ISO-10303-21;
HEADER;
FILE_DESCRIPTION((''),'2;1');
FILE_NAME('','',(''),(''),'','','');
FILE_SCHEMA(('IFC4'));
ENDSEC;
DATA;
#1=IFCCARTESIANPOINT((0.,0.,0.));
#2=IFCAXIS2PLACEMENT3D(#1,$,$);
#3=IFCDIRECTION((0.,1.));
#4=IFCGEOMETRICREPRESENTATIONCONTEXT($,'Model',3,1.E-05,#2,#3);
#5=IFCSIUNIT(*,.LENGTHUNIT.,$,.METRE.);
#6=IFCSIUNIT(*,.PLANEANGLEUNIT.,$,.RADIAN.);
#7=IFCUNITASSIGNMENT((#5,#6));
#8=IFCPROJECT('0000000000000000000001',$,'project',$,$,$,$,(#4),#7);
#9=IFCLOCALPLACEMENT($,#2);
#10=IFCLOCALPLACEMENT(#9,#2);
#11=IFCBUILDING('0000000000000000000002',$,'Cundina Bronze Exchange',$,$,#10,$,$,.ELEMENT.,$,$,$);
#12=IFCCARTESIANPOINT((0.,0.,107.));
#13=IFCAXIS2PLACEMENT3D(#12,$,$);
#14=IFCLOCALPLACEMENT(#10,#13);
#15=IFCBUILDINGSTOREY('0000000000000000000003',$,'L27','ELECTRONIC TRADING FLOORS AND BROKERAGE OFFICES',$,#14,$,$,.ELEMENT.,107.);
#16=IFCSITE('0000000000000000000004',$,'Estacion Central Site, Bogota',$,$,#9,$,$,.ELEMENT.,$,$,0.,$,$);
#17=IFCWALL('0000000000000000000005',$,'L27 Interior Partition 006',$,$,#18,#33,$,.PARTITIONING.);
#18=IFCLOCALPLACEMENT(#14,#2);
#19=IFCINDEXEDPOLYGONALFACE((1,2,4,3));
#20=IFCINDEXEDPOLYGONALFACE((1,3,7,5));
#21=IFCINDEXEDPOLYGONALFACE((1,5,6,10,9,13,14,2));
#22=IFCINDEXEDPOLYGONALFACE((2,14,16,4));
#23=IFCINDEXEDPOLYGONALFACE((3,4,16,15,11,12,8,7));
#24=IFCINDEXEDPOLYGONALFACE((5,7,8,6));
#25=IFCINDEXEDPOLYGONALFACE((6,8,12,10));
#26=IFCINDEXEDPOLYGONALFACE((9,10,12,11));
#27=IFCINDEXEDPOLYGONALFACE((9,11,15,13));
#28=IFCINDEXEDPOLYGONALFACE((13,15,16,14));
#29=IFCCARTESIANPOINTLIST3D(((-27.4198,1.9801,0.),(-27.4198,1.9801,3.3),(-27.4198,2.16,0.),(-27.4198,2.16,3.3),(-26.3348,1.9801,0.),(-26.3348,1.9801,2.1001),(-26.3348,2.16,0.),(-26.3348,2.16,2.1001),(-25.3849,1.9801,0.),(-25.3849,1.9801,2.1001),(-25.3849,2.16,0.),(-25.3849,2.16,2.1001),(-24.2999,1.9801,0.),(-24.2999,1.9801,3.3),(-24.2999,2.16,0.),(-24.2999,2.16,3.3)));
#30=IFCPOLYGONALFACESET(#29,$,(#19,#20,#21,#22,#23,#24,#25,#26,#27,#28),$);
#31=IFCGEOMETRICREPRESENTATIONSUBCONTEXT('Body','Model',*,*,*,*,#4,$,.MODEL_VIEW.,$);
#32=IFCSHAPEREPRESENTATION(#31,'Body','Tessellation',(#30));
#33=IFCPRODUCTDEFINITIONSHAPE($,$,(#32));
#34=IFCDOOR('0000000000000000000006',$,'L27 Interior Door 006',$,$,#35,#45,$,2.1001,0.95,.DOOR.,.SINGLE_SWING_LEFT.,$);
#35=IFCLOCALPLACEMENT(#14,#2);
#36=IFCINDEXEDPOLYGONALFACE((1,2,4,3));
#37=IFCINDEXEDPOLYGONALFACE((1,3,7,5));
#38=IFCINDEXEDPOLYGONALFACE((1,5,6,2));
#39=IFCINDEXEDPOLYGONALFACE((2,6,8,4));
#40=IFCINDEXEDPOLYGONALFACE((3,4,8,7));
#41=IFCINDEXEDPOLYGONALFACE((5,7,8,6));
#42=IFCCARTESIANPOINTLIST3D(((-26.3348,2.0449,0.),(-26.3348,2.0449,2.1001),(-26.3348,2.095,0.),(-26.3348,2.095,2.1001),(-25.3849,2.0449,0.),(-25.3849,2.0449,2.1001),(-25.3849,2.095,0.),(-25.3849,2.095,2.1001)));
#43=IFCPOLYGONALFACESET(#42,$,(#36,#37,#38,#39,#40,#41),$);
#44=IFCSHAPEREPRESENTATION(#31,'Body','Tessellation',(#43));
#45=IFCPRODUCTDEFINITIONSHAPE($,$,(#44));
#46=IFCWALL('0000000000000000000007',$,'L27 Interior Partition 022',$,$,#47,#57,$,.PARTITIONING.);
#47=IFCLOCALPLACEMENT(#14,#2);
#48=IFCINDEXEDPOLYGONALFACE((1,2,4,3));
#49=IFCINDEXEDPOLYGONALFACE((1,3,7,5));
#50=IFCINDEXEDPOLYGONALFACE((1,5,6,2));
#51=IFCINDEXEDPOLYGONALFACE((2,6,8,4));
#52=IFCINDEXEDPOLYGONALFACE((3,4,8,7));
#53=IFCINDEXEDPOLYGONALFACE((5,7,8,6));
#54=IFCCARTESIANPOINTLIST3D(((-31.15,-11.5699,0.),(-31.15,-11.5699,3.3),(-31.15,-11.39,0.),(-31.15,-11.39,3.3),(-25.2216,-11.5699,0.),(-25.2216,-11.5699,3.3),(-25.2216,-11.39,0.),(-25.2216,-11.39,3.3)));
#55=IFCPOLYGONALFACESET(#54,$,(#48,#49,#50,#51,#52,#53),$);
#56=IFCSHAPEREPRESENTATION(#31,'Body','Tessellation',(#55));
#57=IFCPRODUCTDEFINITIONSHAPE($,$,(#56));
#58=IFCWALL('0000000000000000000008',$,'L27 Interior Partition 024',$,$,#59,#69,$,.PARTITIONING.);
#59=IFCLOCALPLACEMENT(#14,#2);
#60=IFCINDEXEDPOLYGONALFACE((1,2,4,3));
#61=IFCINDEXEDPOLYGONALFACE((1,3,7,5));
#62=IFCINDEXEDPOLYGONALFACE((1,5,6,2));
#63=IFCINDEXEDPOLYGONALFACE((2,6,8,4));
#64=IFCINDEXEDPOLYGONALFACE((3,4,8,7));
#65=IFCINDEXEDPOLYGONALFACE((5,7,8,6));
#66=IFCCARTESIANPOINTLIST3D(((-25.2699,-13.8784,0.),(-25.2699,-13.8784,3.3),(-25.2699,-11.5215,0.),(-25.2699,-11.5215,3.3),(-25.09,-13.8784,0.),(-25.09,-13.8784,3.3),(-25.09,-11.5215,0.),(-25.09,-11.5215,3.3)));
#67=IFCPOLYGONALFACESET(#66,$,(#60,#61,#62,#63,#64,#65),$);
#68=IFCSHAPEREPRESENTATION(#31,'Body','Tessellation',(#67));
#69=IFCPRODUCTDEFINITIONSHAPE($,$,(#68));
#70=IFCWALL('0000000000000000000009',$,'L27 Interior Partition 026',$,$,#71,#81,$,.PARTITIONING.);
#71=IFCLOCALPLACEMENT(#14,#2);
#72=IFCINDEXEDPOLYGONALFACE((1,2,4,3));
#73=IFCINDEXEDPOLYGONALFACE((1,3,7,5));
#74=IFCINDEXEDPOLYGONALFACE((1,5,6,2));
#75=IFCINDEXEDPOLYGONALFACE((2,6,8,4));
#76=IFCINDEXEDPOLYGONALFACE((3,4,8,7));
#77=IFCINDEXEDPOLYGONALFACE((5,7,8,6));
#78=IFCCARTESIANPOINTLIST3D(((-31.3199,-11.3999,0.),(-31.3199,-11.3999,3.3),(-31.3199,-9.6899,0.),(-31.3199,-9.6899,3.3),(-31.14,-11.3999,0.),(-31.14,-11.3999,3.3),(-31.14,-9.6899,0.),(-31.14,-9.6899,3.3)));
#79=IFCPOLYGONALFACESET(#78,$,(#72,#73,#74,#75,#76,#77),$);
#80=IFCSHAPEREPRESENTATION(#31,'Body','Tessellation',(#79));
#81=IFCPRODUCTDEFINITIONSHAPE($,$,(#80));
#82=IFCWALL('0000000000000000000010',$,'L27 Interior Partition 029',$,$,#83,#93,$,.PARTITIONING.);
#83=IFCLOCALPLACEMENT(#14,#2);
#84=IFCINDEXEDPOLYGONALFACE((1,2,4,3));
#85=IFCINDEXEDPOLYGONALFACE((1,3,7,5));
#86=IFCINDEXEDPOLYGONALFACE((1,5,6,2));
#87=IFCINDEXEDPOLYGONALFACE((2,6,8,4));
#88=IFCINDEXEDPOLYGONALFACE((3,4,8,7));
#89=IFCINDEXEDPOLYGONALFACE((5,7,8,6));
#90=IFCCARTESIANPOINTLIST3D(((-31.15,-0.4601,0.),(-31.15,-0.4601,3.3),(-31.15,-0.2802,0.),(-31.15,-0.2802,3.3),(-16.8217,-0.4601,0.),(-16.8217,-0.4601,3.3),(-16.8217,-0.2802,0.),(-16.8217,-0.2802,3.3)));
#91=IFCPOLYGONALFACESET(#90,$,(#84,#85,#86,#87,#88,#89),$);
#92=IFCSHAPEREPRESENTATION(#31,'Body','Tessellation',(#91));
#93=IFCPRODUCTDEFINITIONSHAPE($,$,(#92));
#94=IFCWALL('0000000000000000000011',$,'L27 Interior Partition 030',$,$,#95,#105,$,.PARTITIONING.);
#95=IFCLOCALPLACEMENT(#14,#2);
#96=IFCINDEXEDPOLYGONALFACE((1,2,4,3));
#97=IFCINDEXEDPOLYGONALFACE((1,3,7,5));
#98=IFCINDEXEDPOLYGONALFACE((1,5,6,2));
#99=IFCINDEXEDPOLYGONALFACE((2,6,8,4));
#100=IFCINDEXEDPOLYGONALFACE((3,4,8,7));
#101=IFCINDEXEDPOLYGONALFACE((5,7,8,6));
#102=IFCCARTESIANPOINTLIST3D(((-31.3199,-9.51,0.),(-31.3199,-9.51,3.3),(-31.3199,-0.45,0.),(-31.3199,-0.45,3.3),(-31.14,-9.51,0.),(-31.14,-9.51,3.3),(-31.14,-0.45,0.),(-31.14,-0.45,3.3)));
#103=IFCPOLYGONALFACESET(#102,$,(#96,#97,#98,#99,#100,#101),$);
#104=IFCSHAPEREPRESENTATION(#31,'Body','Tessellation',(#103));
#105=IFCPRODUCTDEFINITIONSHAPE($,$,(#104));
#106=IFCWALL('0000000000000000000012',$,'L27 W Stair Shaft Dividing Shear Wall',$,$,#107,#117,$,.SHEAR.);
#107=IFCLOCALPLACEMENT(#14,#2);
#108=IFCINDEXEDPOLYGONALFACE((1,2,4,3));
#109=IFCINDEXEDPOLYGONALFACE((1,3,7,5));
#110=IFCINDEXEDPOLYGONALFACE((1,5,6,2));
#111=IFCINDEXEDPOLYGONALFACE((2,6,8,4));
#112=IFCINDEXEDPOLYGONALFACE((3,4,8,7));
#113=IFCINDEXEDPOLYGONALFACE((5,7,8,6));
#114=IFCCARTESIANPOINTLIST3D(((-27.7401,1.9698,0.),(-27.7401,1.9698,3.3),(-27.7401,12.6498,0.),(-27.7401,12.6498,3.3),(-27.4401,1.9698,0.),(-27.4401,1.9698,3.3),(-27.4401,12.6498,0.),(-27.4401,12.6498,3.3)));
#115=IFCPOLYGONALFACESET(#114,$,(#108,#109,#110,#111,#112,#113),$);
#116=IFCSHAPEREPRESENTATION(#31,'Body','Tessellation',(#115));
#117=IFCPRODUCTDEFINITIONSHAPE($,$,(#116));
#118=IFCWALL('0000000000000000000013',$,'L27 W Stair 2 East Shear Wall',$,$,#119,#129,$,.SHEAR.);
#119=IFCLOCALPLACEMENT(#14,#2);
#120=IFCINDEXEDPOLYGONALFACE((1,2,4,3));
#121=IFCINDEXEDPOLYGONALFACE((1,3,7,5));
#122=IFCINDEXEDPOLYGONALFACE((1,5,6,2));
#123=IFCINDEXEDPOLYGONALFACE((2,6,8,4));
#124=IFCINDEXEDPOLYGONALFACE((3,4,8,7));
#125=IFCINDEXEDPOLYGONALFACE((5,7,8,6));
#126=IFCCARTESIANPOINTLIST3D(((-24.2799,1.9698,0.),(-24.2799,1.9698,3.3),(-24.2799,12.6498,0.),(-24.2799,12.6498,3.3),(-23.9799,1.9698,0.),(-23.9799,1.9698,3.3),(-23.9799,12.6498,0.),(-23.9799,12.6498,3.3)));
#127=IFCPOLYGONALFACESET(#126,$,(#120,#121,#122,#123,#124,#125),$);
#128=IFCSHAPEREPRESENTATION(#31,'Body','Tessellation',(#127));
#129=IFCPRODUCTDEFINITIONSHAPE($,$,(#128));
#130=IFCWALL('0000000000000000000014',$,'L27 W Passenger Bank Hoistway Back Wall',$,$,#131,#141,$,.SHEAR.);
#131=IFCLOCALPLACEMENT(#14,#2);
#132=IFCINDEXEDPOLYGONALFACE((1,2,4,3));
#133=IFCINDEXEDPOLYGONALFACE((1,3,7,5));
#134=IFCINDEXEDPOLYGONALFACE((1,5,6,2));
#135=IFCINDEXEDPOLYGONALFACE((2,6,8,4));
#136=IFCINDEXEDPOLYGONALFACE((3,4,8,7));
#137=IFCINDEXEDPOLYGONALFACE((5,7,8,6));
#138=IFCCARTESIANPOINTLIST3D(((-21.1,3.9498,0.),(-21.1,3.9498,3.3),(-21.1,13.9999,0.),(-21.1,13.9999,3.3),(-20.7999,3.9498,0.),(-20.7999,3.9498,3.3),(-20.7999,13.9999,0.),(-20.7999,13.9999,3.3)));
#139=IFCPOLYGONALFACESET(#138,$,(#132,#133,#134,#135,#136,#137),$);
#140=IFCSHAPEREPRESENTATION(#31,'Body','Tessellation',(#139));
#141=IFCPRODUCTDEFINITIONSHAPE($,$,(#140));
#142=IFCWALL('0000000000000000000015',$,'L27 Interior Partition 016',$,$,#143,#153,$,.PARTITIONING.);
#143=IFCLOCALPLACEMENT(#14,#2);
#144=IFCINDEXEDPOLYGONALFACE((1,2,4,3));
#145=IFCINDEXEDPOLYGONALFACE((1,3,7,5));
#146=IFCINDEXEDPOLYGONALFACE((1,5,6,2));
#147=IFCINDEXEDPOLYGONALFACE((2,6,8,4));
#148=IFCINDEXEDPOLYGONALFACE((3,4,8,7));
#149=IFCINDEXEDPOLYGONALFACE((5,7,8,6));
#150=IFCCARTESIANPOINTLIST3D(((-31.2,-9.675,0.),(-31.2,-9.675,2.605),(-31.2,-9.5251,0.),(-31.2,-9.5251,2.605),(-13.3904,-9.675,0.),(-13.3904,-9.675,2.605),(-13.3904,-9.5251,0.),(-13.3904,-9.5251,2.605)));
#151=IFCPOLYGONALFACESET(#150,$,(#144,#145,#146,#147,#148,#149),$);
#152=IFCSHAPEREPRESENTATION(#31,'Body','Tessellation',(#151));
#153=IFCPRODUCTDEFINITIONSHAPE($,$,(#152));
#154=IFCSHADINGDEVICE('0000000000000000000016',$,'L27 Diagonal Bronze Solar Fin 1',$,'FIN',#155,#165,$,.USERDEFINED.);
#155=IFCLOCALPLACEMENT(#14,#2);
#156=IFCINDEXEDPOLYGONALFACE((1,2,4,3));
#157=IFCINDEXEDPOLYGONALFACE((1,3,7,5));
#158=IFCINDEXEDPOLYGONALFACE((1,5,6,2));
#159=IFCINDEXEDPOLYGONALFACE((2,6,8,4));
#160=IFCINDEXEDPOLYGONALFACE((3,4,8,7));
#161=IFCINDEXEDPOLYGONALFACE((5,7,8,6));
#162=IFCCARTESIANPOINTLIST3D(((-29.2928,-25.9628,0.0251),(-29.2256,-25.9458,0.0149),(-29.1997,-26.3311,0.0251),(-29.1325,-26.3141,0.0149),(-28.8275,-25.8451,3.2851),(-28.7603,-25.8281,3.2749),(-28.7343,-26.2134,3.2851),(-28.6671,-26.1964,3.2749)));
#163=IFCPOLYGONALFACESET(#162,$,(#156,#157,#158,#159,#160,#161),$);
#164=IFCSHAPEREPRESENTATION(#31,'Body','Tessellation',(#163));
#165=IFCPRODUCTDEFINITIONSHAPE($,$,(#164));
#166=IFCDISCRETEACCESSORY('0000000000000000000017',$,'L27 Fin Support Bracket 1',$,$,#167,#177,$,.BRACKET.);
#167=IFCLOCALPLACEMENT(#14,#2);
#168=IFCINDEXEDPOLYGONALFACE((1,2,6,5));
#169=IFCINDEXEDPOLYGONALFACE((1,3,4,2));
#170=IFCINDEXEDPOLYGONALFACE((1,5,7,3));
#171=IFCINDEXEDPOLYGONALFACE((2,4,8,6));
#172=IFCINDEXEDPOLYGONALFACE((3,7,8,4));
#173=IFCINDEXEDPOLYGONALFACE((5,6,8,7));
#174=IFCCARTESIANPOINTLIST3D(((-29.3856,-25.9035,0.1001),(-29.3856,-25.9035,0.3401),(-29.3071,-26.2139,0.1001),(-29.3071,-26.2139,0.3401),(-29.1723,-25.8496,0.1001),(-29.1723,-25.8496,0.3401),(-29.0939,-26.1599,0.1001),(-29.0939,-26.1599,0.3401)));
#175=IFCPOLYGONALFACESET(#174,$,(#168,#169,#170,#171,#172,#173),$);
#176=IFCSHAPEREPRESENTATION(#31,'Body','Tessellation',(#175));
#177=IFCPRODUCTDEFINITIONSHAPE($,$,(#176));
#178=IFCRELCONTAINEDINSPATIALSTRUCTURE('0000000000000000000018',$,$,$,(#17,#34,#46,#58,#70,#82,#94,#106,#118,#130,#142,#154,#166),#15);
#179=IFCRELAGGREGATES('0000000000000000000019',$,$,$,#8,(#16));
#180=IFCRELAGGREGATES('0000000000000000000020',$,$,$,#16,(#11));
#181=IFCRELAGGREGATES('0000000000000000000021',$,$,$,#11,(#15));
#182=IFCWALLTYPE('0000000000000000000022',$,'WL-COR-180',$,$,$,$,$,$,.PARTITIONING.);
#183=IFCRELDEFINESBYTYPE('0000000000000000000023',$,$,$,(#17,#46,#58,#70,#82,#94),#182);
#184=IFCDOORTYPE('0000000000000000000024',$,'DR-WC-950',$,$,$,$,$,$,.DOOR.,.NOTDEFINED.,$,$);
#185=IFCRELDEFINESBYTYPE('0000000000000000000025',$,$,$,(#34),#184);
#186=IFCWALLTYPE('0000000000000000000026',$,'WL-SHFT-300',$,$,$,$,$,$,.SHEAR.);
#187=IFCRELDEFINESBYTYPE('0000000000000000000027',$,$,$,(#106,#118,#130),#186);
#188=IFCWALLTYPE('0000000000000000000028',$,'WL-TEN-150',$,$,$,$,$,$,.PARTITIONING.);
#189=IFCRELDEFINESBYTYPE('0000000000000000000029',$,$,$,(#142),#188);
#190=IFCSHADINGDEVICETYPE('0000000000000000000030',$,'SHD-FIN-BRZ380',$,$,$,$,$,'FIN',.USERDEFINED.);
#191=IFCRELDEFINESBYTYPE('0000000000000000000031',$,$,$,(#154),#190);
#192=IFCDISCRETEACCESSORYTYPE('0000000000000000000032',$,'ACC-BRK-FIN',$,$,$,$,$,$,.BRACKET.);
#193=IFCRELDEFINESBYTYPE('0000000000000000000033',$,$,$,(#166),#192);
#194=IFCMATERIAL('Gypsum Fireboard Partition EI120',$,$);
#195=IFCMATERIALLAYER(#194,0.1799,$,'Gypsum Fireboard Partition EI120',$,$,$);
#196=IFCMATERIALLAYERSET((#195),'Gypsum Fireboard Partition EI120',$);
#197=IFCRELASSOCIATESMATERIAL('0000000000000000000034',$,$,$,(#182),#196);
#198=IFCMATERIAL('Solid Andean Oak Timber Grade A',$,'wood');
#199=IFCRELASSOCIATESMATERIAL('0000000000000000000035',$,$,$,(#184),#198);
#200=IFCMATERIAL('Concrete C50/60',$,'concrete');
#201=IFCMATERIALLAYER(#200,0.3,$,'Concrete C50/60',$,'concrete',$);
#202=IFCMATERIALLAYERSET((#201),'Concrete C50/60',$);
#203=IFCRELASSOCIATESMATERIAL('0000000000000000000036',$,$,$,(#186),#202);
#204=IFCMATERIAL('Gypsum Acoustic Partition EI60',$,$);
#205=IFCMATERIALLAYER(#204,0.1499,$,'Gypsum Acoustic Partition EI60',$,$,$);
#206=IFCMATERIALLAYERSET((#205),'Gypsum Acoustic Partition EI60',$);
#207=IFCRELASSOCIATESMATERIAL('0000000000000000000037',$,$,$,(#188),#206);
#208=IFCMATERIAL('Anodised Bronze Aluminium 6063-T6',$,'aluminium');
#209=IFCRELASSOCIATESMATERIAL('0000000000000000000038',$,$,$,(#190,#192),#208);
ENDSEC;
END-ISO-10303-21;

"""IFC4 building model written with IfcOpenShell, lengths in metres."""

from ifc_helpers import new_model, si_unit, direction, frame, frame_2d, origin, origin_2d, place, context, subcontext, project, spatial, rectangle, extrude, material, layer, layer_set, material_profile, profile_set, type_object, element, fill, save


model = new_model("IFC4")

# Units and contexts
model_context = context("Model", 3, precision=1e-05, world=origin(), true_north=direction((0.0, 1.0)))
body_context = subcontext(model_context, "Body", "Model", "MODEL_VIEW")
ifc_project = project(units=[si_unit("LENGTHUNIT", "METRE"), si_unit("PLANEANGLEUNIT", "RADIAN")], contexts=[model_context])

# Site, building, storey
site_placement = place(None, origin())
site = spatial("IfcSite", under=ifc_project, at=site_placement, Name="Estacion Central Site, Bogota", CompositionType="ELEMENT", RefElevation=0.0)
building_placement = place(site_placement, origin())
building = spatial("IfcBuilding", under=site, at=building_placement, Name="Cundina Bronze Exchange", CompositionType="ELEMENT")
storey_placement = place(building_placement, frame((0.0, 0.0, 107.0)))
storey = spatial("IfcBuildingStorey", under=building, at=storey_placement, Name="L27", Description="ELECTRONIC TRADING FLOORS AND BROKERAGE OFFICES", CompositionType="ELEMENT", Elevation=107.0)

# Shared definitions
ifc_material_1 = material(Name="Anodised Bronze Aluminium 6063-T6", Category="aluminium")

# Wall, opening, door
ifc_material_2 = material(Name="Gypsum Fireboard Partition EI120")
ifc_layer_1 = layer(ifc_material_2, 0.1799, Name="Gypsum Fireboard Partition EI120")
ifc_layer_set_1 = layer_set([ifc_layer_1], Name="Gypsum Fireboard Partition EI120")
wall_type_1 = type_object("IfcWallType", Name="WL-COR-180", PredefinedType="PARTITIONING", material=ifc_layer_set_1)
wall_1_placement = place(storey_placement, frame((-27.4199, 2.0701, 0.0), z_axis=(0.0, 0.0, 1.0), x_axis=(1.0, 0.0, 0.0)))
wall_1 = element("IfcWall", 1, at=wall_1_placement, inside=storey, type_object=wall_type_1, Name="L27 Interior Partition 006", PredefinedType="PARTITIONING", context=body_context, shape_type="SweptSolid", body=[
    extrude(rectangle(XDim=3.1199, YDim=0.1799, at=frame_2d((1.5601, 0.0))), origin(), (0.0, 0.0, 1.0), 3.3),
])
opening_1_placement = place(wall_1_placement, frame((1.085, 0.0, 0.0)))
opening_1 = element("IfcOpeningElement", 2, at=opening_1_placement, cuts=wall_1, PredefinedType="OPENING", context=body_context, shape_type="SweptSolid", body=[
    extrude(rectangle(XDim=0.95, YDim=2.1001, at=frame_2d((0.4751, 1.05))), frame((0.0, 0.0999, 0.0), z_axis=(0.0, -1.0, 0.0), x_axis=(1.0, 0.0, 0.0)), (0.0, 0.0, 1.0), 0.2),
])
ifc_material_3 = material(Name="Solid Andean Oak Timber Grade A", Category="wood")
door_type_1 = type_object("IfcDoorType", Name="DR-WC-950", OperationType="NOTDEFINED", PredefinedType="DOOR", material=ifc_material_3)
door_1_placement = place(opening_1_placement, origin())
door_1 = element("IfcDoor", 3, at=door_1_placement, inside=storey, type_object=door_type_1, Name="L27 Interior Door 006", OperationType="SINGLE_SWING_LEFT", OverallHeight=2.1001, OverallWidth=0.95, PredefinedType="DOOR", context=body_context, shape_type="SweptSolid", body=[
    extrude(rectangle(XDim=0.95, YDim=2.1001, at=frame_2d((0.4751, 1.05))), frame((0.0, 0.0249, 0.0), z_axis=(0.0, -1.0, 0.0), x_axis=(1.0, 0.0, 0.0)), (0.0, 0.0, 1.0), 0.05),
])
fill(opening_1, door_1)

# Walls
wall_2_placement = place(storey_placement, frame((-25.2214, -11.48, 0.0), z_axis=(0.0, 0.0, 1.0), x_axis=(-1.0, 0.0, 0.0)))
element("IfcWall", 4, at=wall_2_placement, inside=storey, type_object=wall_type_1, Name="L27 Interior Partition 022", PredefinedType="PARTITIONING", context=body_context, shape_type="SweptSolid", body=[
    extrude(rectangle(XDim=5.9285, YDim=0.1799, at=frame_2d((2.9644, 0.0))), origin(), (0.0, 0.0, 1.0), 3.3),
])
wall_3_placement = place(storey_placement, frame((-25.1799, -13.8784, 0.0), z_axis=(0.0, 0.0, 1.0), x_axis=(0.0, 1.0, 0.0)))
element("IfcWall", 5, at=wall_3_placement, inside=storey, type_object=wall_type_1, Name="L27 Interior Partition 024", PredefinedType="PARTITIONING", context=body_context, shape_type="SweptSolid", body=[
    extrude(rectangle(XDim=2.3569, YDim=0.1799, at=frame_2d((1.1785, 0.0))), origin(), (0.0, 0.0, 1.0), 3.3),
])
wall_4_placement = place(storey_placement, frame((-31.23, -11.3999, 0.0), z_axis=(0.0, 0.0, 1.0), x_axis=(0.0, 1.0, 0.0)))
element("IfcWall", 6, at=wall_4_placement, inside=storey, type_object=wall_type_1, Name="L27 Interior Partition 026", PredefinedType="PARTITIONING", context=body_context, shape_type="SweptSolid", body=[
    extrude(rectangle(XDim=1.71, YDim=0.1799, at=frame_2d((0.855, 0.0))), origin(), (0.0, 0.0, 1.0), 3.3),
])
wall_5_placement = place(storey_placement, frame((-31.1499, -0.3701, 0.0), z_axis=(0.0, 0.0, 1.0), x_axis=(1.0, 0.0, 0.0)))
element("IfcWall", 7, at=wall_5_placement, inside=storey, type_object=wall_type_1, Name="L27 Interior Partition 029", PredefinedType="PARTITIONING", context=body_context, shape_type="SweptSolid", body=[
    extrude(rectangle(XDim=14.3284, YDim=0.1799, at=frame_2d((7.1641, 0.0))), origin(), (0.0, 0.0, 1.0), 3.3),
])
wall_6_placement = place(storey_placement, frame((-31.23, -9.51, 0.0), z_axis=(0.0, 0.0, 1.0), x_axis=(0.0, 1.0, 0.0)))
element("IfcWall", 8, at=wall_6_placement, inside=storey, type_object=wall_type_1, Name="L27 Interior Partition 030", PredefinedType="PARTITIONING", context=body_context, shape_type="SweptSolid", body=[
    extrude(rectangle(XDim=9.0601, YDim=0.1799, at=frame_2d((4.53, 0.0))), origin(), (0.0, 0.0, 1.0), 3.3),
])
ifc_material_4 = material(Name="Concrete C50/60", Category="concrete")
ifc_layer_2 = layer(ifc_material_4, 0.3, Name="Concrete C50/60", Category="concrete")
ifc_layer_set_2 = layer_set([ifc_layer_2], Name="Concrete C50/60")
wall_type_2 = type_object("IfcWallType", Name="WL-SHFT-300", PredefinedType="SHEAR", material=ifc_layer_set_2)
for number, where, z_axis, x_axis, name in (
    (9, (-27.5901, 1.97, 0.0), (0.0, 0.0, 1.0), (0.0, 1.0, 0.0), "L27 W Stair Shaft Dividing Shear Wall"),
    (10, (-24.1299, 1.97, 0.0), (0.0, 0.0, 1.0), (0.0, 1.0, 0.0), "L27 W Stair 2 East Shear Wall"),
):
    element("IfcWall", number, at=place(storey_placement, frame(where, z_axis=z_axis, x_axis=x_axis)), inside=storey, type_object=wall_type_2, Name=name, PredefinedType="SHEAR", context=body_context, shape_type="SweptSolid", body=[
        extrude(rectangle(XDim=10.6799, YDim=0.3, at=frame_2d((5.3398, 0.0))), origin(), (0.0, 0.0, 1.0), 3.3),
    ])
wall_7_placement = place(storey_placement, frame((-20.95, 3.95, 0.0), z_axis=(0.0, 0.0, 1.0), x_axis=(0.0, 1.0, 0.0)))
element("IfcWall", 11, at=wall_7_placement, inside=storey, type_object=wall_type_2, Name="L27 W Passenger Bank Hoistway Back Wall", PredefinedType="SHEAR", context=body_context, shape_type="SweptSolid", body=[
    extrude(rectangle(XDim=10.05, YDim=0.3, at=frame_2d((5.0249, 0.0))), origin(), (0.0, 0.0, 1.0), 3.3),
])
ifc_material_5 = material(Name="Gypsum Acoustic Partition EI60")
ifc_layer_3 = layer(ifc_material_5, 0.1499, Name="Gypsum Acoustic Partition EI60")
ifc_layer_set_3 = layer_set([ifc_layer_3], Name="Gypsum Acoustic Partition EI60")
wall_type_3 = type_object("IfcWallType", Name="WL-TEN-150", PredefinedType="PARTITIONING", material=ifc_layer_set_3)
wall_8_placement = place(storey_placement, frame((-31.2, -9.6001, 0.0), z_axis=(0.0, 0.0, 1.0), x_axis=(1.0, 0.0, 0.0)))
element("IfcWall", 12, at=wall_8_placement, inside=storey, type_object=wall_type_3, Name="L27 Interior Partition 016", PredefinedType="PARTITIONING", context=body_context, shape_type="SweptSolid", body=[
    extrude(rectangle(XDim=17.8096, YDim=0.1499, at=frame_2d((8.9048, 0.0))), origin(), (0.0, 0.0, 1.0), 2.605),
])

# Shading device
ifc_material_profile_1 = material_profile(ifc_material_1, rectangle(XDim=0.0701, YDim=0.3799, at=origin_2d()), Name="FIN70X380", Category="aluminium")
ifc_profile_set_1 = profile_set([ifc_material_profile_1], Name="Anodised Bronze Aluminium 6063-T6")
shading_device_type = type_object("IfcShadingDeviceType", Name="SHD-FIN-BRZ380", ElementType="FIN", PredefinedType="USERDEFINED", material=ifc_profile_set_1)
shading_device_placement = place(storey_placement, frame((-29.2126, -26.1384, 0.02), z_axis=(0.141217, 0.035712, 0.989334), x_axis=(-0.959141, -0.242553, 0.145663)))
element("IfcShadingDevice", 13, at=shading_device_placement, inside=storey, type_object=shading_device_type, Name="L27 Diagonal Bronze Solar Fin 1", ObjectType="FIN", PredefinedType="USERDEFINED", context=body_context, shape_type="SweptSolid", body=[
    extrude(rectangle(XDim=0.0701, YDim=0.3799, at=origin_2d()), origin(), (0.0, 0.0, 1.0), 3.2952),
])

# Discrete accessory
discrete_accessory_type = type_object("IfcDiscreteAccessoryType", Name="ACC-BRK-FIN", PredefinedType="BRACKET", material=ifc_material_1)
discrete_accessory_placement = place(storey_placement, frame((-29.2397, -26.0317, 0.1001), z_axis=(0.0, 0.0, 1.0), x_axis=(0.969488, 0.245138, 0.0)))
element("IfcDiscreteAccessory", 14, at=discrete_accessory_placement, inside=storey, type_object=discrete_accessory_type, Name="L27 Fin Support Bracket 1", PredefinedType="BRACKET", context=body_context, shape_type="SweptSolid", body=[
    extrude(rectangle(XDim=0.22, YDim=0.3201, at=origin_2d()), origin(), (0.0, 0.0, 1.0), 0.24),
])

save(model, "model.ifc")
